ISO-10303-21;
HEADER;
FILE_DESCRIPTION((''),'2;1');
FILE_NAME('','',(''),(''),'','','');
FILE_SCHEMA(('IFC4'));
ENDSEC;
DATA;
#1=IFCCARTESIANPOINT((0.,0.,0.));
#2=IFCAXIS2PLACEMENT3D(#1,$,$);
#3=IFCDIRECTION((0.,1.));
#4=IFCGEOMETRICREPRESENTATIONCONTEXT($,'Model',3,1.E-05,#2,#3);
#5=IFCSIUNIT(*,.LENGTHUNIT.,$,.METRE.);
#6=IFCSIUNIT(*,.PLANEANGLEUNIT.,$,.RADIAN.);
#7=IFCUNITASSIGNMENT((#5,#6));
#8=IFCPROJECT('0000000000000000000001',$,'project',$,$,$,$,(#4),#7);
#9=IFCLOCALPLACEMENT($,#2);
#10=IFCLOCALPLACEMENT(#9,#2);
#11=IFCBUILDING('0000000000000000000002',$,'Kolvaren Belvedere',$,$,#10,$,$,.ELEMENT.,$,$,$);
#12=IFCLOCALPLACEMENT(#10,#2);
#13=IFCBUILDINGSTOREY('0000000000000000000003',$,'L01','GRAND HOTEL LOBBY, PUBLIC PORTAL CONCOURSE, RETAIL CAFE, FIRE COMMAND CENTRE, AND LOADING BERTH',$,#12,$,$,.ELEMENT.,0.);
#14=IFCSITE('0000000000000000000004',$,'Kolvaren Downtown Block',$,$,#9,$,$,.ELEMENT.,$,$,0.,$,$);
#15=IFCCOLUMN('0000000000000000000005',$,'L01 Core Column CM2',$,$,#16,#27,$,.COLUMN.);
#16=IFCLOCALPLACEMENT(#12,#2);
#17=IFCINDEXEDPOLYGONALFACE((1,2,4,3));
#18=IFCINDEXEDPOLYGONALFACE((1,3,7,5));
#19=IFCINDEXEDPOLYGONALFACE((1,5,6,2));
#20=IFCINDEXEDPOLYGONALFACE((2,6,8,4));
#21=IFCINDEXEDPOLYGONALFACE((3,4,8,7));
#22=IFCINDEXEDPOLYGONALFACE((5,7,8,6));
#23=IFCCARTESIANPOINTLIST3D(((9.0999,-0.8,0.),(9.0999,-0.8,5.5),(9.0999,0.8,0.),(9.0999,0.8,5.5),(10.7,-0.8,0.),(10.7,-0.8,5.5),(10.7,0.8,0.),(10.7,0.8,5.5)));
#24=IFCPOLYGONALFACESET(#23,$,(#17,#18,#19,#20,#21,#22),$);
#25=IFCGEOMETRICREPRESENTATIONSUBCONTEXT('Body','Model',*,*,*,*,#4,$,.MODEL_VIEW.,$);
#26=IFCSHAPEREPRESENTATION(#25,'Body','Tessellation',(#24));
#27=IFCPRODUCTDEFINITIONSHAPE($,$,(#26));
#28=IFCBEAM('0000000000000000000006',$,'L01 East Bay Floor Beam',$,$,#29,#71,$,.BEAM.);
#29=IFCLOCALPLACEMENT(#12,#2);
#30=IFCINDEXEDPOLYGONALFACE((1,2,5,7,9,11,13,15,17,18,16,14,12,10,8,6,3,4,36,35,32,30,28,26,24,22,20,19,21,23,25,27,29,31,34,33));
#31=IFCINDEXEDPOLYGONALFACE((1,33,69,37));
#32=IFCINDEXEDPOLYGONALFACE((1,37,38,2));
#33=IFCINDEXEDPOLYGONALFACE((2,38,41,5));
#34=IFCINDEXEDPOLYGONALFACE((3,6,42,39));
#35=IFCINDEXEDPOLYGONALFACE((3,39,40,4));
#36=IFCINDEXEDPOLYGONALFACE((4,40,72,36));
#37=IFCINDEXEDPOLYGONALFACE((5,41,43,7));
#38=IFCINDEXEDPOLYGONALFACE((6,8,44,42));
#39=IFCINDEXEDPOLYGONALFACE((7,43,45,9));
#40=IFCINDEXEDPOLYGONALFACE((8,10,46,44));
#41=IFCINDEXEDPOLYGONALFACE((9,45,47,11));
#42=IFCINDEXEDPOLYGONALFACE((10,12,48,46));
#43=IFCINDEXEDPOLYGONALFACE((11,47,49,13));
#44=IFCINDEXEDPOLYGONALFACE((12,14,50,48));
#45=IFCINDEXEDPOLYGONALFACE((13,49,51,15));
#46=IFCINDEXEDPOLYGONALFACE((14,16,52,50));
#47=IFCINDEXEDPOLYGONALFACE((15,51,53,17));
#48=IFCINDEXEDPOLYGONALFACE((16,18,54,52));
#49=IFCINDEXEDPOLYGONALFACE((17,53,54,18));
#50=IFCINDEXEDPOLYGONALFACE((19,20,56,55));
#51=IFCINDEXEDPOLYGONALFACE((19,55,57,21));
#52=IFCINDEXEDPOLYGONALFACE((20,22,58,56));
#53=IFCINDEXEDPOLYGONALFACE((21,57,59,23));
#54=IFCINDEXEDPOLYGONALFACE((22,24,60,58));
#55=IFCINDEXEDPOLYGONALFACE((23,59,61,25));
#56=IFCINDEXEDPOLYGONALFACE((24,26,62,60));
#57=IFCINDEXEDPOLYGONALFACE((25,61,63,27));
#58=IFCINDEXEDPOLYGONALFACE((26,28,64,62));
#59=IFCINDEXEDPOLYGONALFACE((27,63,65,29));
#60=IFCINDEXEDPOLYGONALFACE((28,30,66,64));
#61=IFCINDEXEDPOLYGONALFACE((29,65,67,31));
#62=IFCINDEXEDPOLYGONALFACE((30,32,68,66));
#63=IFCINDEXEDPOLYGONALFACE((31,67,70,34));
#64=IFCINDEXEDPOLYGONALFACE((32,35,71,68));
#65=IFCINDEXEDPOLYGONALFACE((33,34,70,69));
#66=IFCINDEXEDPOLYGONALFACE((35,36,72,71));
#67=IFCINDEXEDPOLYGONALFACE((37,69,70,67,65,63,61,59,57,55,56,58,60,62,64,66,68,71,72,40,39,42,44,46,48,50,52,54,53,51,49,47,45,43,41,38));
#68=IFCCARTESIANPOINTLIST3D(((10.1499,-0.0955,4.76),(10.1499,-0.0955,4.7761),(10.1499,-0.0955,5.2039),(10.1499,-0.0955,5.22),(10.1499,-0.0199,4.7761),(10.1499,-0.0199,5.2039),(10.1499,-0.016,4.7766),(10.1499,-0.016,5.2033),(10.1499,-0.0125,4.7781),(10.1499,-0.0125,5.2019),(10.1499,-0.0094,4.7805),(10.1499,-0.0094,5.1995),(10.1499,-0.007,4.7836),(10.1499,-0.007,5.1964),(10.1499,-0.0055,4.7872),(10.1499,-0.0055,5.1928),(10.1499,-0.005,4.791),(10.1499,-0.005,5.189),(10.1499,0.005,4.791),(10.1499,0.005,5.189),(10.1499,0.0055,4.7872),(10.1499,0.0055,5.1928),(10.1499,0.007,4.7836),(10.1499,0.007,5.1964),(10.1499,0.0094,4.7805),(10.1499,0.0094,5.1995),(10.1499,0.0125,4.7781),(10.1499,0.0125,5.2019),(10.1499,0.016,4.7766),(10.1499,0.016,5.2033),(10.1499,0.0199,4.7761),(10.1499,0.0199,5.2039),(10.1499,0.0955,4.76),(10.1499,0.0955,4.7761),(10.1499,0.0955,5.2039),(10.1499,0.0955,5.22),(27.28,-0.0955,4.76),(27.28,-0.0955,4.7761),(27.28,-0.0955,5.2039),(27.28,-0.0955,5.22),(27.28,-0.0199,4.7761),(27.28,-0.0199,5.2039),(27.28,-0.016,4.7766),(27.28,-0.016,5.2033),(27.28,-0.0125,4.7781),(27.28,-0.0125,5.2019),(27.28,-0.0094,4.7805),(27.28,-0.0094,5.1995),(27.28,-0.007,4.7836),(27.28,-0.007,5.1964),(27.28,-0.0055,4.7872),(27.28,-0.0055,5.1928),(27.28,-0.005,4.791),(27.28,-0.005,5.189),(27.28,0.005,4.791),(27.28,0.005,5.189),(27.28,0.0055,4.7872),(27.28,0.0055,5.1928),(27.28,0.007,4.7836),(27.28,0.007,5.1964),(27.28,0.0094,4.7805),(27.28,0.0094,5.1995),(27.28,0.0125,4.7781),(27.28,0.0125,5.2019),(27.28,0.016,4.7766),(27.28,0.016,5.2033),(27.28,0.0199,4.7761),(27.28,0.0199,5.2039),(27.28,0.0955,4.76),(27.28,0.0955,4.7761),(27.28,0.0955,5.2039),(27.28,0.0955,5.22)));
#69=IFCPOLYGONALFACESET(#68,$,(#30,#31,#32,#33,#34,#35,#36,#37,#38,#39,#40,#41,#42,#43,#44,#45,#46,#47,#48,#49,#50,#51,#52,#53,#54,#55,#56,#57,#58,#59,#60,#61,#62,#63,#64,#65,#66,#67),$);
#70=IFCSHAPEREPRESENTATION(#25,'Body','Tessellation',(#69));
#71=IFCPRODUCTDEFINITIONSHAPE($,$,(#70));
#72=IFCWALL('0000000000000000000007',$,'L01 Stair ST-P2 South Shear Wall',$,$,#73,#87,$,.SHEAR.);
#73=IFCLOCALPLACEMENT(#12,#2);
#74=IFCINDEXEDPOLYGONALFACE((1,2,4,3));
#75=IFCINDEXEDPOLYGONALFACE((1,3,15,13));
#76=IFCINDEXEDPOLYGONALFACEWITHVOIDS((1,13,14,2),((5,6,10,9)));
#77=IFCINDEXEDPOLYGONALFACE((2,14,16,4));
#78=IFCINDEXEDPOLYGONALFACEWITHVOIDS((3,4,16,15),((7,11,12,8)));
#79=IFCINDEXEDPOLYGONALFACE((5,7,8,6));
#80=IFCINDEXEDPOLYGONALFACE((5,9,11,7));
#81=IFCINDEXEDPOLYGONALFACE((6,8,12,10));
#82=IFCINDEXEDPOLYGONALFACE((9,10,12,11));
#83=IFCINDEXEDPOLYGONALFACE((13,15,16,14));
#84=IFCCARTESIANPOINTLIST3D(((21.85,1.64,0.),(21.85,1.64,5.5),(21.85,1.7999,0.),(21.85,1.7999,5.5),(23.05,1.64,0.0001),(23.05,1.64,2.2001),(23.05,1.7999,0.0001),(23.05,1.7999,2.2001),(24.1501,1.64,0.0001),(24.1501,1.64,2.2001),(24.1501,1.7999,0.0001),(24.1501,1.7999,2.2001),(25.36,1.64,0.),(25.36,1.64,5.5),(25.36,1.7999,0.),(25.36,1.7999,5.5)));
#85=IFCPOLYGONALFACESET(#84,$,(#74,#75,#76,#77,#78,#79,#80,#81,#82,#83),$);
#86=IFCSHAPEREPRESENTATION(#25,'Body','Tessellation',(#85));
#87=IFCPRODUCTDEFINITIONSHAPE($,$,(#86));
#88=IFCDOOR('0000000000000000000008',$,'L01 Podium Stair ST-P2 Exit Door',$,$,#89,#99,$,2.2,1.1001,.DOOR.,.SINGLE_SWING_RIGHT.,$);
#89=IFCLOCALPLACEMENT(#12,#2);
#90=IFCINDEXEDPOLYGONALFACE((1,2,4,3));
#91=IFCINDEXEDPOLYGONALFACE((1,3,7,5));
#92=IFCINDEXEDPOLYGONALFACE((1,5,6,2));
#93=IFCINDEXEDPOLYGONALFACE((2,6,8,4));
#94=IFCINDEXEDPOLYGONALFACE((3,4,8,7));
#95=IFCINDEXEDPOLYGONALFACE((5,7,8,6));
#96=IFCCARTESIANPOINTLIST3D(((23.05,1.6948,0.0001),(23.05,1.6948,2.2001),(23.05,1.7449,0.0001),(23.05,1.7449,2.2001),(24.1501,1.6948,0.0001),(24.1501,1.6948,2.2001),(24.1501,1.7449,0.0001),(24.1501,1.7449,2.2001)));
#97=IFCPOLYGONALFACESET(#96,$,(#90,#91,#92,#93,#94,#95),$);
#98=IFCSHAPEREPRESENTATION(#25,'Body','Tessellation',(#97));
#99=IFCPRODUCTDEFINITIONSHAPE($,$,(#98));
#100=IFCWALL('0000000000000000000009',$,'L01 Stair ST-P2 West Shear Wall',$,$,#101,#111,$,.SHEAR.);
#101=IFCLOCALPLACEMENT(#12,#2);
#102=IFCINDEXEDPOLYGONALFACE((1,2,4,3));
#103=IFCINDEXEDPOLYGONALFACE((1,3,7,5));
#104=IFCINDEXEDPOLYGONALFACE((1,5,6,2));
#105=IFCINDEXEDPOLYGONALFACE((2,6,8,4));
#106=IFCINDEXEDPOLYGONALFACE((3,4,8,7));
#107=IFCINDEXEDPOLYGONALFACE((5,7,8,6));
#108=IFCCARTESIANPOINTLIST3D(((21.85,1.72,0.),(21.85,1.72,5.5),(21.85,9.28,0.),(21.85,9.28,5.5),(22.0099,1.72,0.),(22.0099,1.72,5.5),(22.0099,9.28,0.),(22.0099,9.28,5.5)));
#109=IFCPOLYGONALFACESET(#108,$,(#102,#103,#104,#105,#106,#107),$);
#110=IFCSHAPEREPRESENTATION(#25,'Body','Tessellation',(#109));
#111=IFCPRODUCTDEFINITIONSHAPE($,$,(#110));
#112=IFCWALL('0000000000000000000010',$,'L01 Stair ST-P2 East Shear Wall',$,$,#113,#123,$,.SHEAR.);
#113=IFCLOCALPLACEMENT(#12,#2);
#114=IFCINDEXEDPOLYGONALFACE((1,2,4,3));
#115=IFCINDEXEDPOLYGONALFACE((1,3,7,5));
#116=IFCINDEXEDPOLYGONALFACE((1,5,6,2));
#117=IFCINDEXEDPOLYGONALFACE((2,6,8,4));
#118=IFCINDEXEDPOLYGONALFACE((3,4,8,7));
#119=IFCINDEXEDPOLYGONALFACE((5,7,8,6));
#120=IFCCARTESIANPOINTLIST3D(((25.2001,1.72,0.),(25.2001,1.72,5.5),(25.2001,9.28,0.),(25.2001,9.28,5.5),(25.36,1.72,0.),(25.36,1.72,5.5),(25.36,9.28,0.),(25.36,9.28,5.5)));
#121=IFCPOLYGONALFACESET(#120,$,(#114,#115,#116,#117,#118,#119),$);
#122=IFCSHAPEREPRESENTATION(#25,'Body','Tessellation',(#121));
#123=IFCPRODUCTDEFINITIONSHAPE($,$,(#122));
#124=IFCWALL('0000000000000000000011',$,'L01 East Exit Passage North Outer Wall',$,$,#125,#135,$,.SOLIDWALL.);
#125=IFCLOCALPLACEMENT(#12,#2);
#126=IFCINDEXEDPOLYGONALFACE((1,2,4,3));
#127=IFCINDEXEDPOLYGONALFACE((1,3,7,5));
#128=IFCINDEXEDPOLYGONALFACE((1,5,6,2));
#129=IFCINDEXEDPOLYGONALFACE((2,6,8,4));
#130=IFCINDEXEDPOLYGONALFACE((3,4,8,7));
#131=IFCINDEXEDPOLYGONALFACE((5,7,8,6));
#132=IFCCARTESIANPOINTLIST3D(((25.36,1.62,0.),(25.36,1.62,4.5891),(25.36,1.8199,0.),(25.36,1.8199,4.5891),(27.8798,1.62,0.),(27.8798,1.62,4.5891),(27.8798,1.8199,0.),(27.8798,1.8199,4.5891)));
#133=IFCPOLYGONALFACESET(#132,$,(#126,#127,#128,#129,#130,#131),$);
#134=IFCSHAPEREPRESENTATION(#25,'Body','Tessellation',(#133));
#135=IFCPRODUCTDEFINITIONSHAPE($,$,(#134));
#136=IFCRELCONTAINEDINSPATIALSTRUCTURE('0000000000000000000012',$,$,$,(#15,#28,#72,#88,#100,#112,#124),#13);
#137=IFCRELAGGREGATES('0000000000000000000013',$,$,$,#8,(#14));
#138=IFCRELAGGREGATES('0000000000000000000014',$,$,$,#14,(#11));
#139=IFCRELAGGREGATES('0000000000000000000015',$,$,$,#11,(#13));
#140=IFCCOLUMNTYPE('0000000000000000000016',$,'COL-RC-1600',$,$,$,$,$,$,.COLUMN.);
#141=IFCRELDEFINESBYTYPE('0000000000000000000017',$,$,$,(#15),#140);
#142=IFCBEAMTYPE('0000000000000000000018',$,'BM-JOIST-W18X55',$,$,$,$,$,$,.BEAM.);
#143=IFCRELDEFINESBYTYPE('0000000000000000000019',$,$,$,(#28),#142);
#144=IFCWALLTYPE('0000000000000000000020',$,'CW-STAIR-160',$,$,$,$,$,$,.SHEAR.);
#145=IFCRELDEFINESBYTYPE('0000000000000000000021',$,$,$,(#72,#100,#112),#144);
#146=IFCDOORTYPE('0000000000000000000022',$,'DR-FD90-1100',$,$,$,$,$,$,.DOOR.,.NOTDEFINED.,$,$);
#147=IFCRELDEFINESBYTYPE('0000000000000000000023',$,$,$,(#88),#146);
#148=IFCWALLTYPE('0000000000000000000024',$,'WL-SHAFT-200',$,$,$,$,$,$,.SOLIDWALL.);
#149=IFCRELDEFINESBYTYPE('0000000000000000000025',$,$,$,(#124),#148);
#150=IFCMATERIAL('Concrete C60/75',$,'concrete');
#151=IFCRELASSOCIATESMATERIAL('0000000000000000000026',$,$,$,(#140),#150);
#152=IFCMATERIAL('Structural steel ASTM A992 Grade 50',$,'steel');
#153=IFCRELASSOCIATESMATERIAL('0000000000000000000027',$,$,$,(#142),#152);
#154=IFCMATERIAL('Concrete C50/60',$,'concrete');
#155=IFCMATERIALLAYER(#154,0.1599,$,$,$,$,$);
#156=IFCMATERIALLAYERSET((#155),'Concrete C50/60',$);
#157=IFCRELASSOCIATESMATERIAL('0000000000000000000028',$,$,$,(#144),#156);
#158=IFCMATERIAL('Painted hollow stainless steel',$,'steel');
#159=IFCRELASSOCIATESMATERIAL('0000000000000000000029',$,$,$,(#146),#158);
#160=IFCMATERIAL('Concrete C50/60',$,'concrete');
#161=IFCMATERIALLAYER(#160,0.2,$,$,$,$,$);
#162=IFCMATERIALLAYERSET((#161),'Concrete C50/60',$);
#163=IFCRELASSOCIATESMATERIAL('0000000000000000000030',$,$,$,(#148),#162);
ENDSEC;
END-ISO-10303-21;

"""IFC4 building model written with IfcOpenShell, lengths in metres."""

from ifc_helpers import new_model, si_unit, direction, frame, frame_2d, origin, origin_2d, place, context, subcontext, project, spatial, rectangle, i_section, extrude, material, layer, layer_set, material_profile, profile_set, type_object, element, fill, save


model = new_model("IFC4")

# Units and contexts
model_context = context("Model", 3, precision=1e-05, world=origin(), true_north=direction((0.0, 1.0)))
body_context = subcontext(model_context, "Body", "Model", "MODEL_VIEW")
ifc_project = project(units=[si_unit("LENGTHUNIT", "METRE"), si_unit("PLANEANGLEUNIT", "RADIAN")], contexts=[model_context])

# Site, building, storey
site_placement = place(None, origin())
site = spatial("IfcSite", under=ifc_project, at=site_placement, Name="Kolvaren Downtown Block", CompositionType="ELEMENT", RefElevation=0.0)
building_placement = place(site_placement, origin())
building = spatial("IfcBuilding", under=site, at=building_placement, Name="Kolvaren Belvedere", CompositionType="ELEMENT")
storey_placement = place(building_placement, origin())
storey = spatial("IfcBuildingStorey", under=building, at=storey_placement, Name="L01", Description="GRAND HOTEL LOBBY, PUBLIC PORTAL CONCOURSE, RETAIL CAFE, FIRE COMMAND CENTRE, AND LOADING BERTH", CompositionType="ELEMENT", Elevation=0.0)

# Column
ifc_material_1 = material(Name="Concrete C60/75", Category="concrete")
ifc_material_profile_1 = material_profile(ifc_material_1, rectangle(XDim=1.6001, YDim=1.6001, at=origin_2d()), Name="RC 1600X1600")
ifc_profile_set_1 = profile_set([ifc_material_profile_1], Name="Concrete C60/75")
column_type = type_object("IfcColumnType", Name="COL-RC-1600", PredefinedType="COLUMN", material=ifc_profile_set_1)
column_placement = place(storey_placement, frame((9.8999, 0.0, 0.0), z_axis=(0.0, 0.0, 1.0), x_axis=(1.0, 0.0, 0.0)))
element("IfcColumn", 1, at=column_placement, inside=storey, type_object=column_type, Name="L01 Core Column CM2", PredefinedType="COLUMN", context=body_context, shape_type="SweptSolid", body=[
    extrude(rectangle(XDim=1.6001, YDim=1.6001, at=origin_2d()), origin(), (0.0, 0.0, 1.0), 5.5),
])

# Beam
ifc_material_2 = material(Name="Structural steel ASTM A992 Grade 50", Category="steel")
ifc_material_profile_2 = material_profile(ifc_material_2, i_section(OverallWidth=0.1909, OverallDepth=0.46, WebThickness=0.01, FlangeThickness=0.0161, FilletRadius=0.0149, at=origin_2d()), Name="W18X55")
ifc_profile_set_2 = profile_set([ifc_material_profile_2], Name="Structural steel ASTM A992 Grade 50")
beam_type = type_object("IfcBeamType", Name="BM-JOIST-W18X55", PredefinedType="BEAM", material=ifc_profile_set_2)
beam_placement = place(storey_placement, frame((10.1499, 0.0, 4.99), z_axis=(1.0, 0.0, 0.0), x_axis=(0.0, 1.0, 0.0)))
element("IfcBeam", 2, at=beam_placement, inside=storey, type_object=beam_type, Name="L01 East Bay Floor Beam", PredefinedType="BEAM", context=body_context, shape_type="SweptSolid", body=[
    extrude(i_section(OverallWidth=0.1909, OverallDepth=0.46, WebThickness=0.01, FlangeThickness=0.0161, FilletRadius=0.0149, at=origin_2d()), origin(), (0.0, 0.0, 1.0), 17.1301),
])

# Wall, opening, door
ifc_material_3 = material(Name="Concrete C50/60", Category="concrete")
ifc_layer_1 = layer(ifc_material_3, 0.1599)
ifc_layer_set_1 = layer_set([ifc_layer_1], Name="Concrete C50/60")
wall_type_1 = type_object("IfcWallType", Name="CW-STAIR-160", PredefinedType="SHEAR", material=ifc_layer_set_1)
wall_1_placement = place(storey_placement, frame((21.8501, 1.72, 0.0), z_axis=(0.0, 0.0, 1.0), x_axis=(1.0, 0.0, 0.0)))
wall_1 = element("IfcWall", 3, at=wall_1_placement, inside=storey, type_object=wall_type_1, Name="L01 Stair ST-P2 South Shear Wall", PredefinedType="SHEAR", context=body_context, shape_type="SweptSolid", body=[
    extrude(rectangle(XDim=3.51, YDim=0.1599, at=frame_2d((1.7549, 0.0))), origin(), (0.0, 0.0, 1.0), 5.5),
])
opening_1_placement = place(wall_1_placement, frame((1.2, 0.0, 0.0)))
opening_1 = element("IfcOpeningElement", 4, at=opening_1_placement, cuts=wall_1, PredefinedType="OPENING", context=body_context, shape_type="SweptSolid", body=[
    extrude(rectangle(XDim=1.1001, YDim=2.2, at=frame_2d((0.55, 1.1001))), frame((0.0, 0.0898, 0.0), z_axis=(0.0, -1.0, 0.0), x_axis=(1.0, 0.0, 0.0)), (0.0, 0.0, 1.0), 0.1799),
])
ifc_material_4 = material(Name="Painted hollow stainless steel", Category="steel")
door_type_1 = type_object("IfcDoorType", Name="DR-FD90-1100", OperationType="NOTDEFINED", PredefinedType="DOOR", material=ifc_material_4)
door_1_placement = place(opening_1_placement, origin())
door_1 = element("IfcDoor", 5, at=door_1_placement, inside=storey, type_object=door_type_1, Name="L01 Podium Stair ST-P2 Exit Door", OperationType="SINGLE_SWING_RIGHT", OverallHeight=2.2, OverallWidth=1.1001, PredefinedType="DOOR", context=body_context, shape_type="SweptSolid", body=[
    extrude(rectangle(XDim=1.1001, YDim=2.2, at=frame_2d((0.55, 1.1001))), frame((0.0, 0.0249, 0.0), z_axis=(0.0, -1.0, 0.0), x_axis=(1.0, 0.0, 0.0)), (0.0, 0.0, 1.0), 0.05),
])
fill(opening_1, door_1)

# Walls
for number, where, z_axis, x_axis, name in (
    (6, (21.9299, 1.72, 0.0), (0.0, 0.0, 1.0), (0.0, 1.0, 0.0), "L01 Stair ST-P2 West Shear Wall"),
    (7, (25.28, 1.72, 0.0), (0.0, 0.0, 1.0), (0.0, 1.0, 0.0), "L01 Stair ST-P2 East Shear Wall"),
):
    element("IfcWall", number, at=place(storey_placement, frame(where, z_axis=z_axis, x_axis=x_axis)), inside=storey, type_object=wall_type_1, Name=name, PredefinedType="SHEAR", context=body_context, shape_type="SweptSolid", body=[
        extrude(rectangle(XDim=7.5601, YDim=0.1599, at=frame_2d((3.78, 0.0))), origin(), (0.0, 0.0, 1.0), 5.5),
    ])
ifc_material_5 = material(Name="Concrete C50/60", Category="concrete")
ifc_layer_2 = layer(ifc_material_5, 0.2)
ifc_layer_set_2 = layer_set([ifc_layer_2], Name="Concrete C50/60")
wall_type_2 = type_object("IfcWallType", Name="WL-SHAFT-200", PredefinedType="SOLIDWALL", material=ifc_layer_set_2)
wall_2_placement = place(storey_placement, frame((25.3601, 1.72, 0.0), z_axis=(0.0, 0.0, 1.0), x_axis=(1.0, 0.0, 0.0)))
element("IfcWall", 8, at=wall_2_placement, inside=storey, type_object=wall_type_2, Name="L01 East Exit Passage North Outer Wall", PredefinedType="SOLIDWALL", context=body_context, shape_type="SweptSolid", body=[
    extrude(rectangle(XDim=2.5198, YDim=0.2, at=frame_2d((1.2598, 0.0))), origin(), (0.0, 0.0, 1.0), 4.5891),
])

save(model, "model.ifc")
